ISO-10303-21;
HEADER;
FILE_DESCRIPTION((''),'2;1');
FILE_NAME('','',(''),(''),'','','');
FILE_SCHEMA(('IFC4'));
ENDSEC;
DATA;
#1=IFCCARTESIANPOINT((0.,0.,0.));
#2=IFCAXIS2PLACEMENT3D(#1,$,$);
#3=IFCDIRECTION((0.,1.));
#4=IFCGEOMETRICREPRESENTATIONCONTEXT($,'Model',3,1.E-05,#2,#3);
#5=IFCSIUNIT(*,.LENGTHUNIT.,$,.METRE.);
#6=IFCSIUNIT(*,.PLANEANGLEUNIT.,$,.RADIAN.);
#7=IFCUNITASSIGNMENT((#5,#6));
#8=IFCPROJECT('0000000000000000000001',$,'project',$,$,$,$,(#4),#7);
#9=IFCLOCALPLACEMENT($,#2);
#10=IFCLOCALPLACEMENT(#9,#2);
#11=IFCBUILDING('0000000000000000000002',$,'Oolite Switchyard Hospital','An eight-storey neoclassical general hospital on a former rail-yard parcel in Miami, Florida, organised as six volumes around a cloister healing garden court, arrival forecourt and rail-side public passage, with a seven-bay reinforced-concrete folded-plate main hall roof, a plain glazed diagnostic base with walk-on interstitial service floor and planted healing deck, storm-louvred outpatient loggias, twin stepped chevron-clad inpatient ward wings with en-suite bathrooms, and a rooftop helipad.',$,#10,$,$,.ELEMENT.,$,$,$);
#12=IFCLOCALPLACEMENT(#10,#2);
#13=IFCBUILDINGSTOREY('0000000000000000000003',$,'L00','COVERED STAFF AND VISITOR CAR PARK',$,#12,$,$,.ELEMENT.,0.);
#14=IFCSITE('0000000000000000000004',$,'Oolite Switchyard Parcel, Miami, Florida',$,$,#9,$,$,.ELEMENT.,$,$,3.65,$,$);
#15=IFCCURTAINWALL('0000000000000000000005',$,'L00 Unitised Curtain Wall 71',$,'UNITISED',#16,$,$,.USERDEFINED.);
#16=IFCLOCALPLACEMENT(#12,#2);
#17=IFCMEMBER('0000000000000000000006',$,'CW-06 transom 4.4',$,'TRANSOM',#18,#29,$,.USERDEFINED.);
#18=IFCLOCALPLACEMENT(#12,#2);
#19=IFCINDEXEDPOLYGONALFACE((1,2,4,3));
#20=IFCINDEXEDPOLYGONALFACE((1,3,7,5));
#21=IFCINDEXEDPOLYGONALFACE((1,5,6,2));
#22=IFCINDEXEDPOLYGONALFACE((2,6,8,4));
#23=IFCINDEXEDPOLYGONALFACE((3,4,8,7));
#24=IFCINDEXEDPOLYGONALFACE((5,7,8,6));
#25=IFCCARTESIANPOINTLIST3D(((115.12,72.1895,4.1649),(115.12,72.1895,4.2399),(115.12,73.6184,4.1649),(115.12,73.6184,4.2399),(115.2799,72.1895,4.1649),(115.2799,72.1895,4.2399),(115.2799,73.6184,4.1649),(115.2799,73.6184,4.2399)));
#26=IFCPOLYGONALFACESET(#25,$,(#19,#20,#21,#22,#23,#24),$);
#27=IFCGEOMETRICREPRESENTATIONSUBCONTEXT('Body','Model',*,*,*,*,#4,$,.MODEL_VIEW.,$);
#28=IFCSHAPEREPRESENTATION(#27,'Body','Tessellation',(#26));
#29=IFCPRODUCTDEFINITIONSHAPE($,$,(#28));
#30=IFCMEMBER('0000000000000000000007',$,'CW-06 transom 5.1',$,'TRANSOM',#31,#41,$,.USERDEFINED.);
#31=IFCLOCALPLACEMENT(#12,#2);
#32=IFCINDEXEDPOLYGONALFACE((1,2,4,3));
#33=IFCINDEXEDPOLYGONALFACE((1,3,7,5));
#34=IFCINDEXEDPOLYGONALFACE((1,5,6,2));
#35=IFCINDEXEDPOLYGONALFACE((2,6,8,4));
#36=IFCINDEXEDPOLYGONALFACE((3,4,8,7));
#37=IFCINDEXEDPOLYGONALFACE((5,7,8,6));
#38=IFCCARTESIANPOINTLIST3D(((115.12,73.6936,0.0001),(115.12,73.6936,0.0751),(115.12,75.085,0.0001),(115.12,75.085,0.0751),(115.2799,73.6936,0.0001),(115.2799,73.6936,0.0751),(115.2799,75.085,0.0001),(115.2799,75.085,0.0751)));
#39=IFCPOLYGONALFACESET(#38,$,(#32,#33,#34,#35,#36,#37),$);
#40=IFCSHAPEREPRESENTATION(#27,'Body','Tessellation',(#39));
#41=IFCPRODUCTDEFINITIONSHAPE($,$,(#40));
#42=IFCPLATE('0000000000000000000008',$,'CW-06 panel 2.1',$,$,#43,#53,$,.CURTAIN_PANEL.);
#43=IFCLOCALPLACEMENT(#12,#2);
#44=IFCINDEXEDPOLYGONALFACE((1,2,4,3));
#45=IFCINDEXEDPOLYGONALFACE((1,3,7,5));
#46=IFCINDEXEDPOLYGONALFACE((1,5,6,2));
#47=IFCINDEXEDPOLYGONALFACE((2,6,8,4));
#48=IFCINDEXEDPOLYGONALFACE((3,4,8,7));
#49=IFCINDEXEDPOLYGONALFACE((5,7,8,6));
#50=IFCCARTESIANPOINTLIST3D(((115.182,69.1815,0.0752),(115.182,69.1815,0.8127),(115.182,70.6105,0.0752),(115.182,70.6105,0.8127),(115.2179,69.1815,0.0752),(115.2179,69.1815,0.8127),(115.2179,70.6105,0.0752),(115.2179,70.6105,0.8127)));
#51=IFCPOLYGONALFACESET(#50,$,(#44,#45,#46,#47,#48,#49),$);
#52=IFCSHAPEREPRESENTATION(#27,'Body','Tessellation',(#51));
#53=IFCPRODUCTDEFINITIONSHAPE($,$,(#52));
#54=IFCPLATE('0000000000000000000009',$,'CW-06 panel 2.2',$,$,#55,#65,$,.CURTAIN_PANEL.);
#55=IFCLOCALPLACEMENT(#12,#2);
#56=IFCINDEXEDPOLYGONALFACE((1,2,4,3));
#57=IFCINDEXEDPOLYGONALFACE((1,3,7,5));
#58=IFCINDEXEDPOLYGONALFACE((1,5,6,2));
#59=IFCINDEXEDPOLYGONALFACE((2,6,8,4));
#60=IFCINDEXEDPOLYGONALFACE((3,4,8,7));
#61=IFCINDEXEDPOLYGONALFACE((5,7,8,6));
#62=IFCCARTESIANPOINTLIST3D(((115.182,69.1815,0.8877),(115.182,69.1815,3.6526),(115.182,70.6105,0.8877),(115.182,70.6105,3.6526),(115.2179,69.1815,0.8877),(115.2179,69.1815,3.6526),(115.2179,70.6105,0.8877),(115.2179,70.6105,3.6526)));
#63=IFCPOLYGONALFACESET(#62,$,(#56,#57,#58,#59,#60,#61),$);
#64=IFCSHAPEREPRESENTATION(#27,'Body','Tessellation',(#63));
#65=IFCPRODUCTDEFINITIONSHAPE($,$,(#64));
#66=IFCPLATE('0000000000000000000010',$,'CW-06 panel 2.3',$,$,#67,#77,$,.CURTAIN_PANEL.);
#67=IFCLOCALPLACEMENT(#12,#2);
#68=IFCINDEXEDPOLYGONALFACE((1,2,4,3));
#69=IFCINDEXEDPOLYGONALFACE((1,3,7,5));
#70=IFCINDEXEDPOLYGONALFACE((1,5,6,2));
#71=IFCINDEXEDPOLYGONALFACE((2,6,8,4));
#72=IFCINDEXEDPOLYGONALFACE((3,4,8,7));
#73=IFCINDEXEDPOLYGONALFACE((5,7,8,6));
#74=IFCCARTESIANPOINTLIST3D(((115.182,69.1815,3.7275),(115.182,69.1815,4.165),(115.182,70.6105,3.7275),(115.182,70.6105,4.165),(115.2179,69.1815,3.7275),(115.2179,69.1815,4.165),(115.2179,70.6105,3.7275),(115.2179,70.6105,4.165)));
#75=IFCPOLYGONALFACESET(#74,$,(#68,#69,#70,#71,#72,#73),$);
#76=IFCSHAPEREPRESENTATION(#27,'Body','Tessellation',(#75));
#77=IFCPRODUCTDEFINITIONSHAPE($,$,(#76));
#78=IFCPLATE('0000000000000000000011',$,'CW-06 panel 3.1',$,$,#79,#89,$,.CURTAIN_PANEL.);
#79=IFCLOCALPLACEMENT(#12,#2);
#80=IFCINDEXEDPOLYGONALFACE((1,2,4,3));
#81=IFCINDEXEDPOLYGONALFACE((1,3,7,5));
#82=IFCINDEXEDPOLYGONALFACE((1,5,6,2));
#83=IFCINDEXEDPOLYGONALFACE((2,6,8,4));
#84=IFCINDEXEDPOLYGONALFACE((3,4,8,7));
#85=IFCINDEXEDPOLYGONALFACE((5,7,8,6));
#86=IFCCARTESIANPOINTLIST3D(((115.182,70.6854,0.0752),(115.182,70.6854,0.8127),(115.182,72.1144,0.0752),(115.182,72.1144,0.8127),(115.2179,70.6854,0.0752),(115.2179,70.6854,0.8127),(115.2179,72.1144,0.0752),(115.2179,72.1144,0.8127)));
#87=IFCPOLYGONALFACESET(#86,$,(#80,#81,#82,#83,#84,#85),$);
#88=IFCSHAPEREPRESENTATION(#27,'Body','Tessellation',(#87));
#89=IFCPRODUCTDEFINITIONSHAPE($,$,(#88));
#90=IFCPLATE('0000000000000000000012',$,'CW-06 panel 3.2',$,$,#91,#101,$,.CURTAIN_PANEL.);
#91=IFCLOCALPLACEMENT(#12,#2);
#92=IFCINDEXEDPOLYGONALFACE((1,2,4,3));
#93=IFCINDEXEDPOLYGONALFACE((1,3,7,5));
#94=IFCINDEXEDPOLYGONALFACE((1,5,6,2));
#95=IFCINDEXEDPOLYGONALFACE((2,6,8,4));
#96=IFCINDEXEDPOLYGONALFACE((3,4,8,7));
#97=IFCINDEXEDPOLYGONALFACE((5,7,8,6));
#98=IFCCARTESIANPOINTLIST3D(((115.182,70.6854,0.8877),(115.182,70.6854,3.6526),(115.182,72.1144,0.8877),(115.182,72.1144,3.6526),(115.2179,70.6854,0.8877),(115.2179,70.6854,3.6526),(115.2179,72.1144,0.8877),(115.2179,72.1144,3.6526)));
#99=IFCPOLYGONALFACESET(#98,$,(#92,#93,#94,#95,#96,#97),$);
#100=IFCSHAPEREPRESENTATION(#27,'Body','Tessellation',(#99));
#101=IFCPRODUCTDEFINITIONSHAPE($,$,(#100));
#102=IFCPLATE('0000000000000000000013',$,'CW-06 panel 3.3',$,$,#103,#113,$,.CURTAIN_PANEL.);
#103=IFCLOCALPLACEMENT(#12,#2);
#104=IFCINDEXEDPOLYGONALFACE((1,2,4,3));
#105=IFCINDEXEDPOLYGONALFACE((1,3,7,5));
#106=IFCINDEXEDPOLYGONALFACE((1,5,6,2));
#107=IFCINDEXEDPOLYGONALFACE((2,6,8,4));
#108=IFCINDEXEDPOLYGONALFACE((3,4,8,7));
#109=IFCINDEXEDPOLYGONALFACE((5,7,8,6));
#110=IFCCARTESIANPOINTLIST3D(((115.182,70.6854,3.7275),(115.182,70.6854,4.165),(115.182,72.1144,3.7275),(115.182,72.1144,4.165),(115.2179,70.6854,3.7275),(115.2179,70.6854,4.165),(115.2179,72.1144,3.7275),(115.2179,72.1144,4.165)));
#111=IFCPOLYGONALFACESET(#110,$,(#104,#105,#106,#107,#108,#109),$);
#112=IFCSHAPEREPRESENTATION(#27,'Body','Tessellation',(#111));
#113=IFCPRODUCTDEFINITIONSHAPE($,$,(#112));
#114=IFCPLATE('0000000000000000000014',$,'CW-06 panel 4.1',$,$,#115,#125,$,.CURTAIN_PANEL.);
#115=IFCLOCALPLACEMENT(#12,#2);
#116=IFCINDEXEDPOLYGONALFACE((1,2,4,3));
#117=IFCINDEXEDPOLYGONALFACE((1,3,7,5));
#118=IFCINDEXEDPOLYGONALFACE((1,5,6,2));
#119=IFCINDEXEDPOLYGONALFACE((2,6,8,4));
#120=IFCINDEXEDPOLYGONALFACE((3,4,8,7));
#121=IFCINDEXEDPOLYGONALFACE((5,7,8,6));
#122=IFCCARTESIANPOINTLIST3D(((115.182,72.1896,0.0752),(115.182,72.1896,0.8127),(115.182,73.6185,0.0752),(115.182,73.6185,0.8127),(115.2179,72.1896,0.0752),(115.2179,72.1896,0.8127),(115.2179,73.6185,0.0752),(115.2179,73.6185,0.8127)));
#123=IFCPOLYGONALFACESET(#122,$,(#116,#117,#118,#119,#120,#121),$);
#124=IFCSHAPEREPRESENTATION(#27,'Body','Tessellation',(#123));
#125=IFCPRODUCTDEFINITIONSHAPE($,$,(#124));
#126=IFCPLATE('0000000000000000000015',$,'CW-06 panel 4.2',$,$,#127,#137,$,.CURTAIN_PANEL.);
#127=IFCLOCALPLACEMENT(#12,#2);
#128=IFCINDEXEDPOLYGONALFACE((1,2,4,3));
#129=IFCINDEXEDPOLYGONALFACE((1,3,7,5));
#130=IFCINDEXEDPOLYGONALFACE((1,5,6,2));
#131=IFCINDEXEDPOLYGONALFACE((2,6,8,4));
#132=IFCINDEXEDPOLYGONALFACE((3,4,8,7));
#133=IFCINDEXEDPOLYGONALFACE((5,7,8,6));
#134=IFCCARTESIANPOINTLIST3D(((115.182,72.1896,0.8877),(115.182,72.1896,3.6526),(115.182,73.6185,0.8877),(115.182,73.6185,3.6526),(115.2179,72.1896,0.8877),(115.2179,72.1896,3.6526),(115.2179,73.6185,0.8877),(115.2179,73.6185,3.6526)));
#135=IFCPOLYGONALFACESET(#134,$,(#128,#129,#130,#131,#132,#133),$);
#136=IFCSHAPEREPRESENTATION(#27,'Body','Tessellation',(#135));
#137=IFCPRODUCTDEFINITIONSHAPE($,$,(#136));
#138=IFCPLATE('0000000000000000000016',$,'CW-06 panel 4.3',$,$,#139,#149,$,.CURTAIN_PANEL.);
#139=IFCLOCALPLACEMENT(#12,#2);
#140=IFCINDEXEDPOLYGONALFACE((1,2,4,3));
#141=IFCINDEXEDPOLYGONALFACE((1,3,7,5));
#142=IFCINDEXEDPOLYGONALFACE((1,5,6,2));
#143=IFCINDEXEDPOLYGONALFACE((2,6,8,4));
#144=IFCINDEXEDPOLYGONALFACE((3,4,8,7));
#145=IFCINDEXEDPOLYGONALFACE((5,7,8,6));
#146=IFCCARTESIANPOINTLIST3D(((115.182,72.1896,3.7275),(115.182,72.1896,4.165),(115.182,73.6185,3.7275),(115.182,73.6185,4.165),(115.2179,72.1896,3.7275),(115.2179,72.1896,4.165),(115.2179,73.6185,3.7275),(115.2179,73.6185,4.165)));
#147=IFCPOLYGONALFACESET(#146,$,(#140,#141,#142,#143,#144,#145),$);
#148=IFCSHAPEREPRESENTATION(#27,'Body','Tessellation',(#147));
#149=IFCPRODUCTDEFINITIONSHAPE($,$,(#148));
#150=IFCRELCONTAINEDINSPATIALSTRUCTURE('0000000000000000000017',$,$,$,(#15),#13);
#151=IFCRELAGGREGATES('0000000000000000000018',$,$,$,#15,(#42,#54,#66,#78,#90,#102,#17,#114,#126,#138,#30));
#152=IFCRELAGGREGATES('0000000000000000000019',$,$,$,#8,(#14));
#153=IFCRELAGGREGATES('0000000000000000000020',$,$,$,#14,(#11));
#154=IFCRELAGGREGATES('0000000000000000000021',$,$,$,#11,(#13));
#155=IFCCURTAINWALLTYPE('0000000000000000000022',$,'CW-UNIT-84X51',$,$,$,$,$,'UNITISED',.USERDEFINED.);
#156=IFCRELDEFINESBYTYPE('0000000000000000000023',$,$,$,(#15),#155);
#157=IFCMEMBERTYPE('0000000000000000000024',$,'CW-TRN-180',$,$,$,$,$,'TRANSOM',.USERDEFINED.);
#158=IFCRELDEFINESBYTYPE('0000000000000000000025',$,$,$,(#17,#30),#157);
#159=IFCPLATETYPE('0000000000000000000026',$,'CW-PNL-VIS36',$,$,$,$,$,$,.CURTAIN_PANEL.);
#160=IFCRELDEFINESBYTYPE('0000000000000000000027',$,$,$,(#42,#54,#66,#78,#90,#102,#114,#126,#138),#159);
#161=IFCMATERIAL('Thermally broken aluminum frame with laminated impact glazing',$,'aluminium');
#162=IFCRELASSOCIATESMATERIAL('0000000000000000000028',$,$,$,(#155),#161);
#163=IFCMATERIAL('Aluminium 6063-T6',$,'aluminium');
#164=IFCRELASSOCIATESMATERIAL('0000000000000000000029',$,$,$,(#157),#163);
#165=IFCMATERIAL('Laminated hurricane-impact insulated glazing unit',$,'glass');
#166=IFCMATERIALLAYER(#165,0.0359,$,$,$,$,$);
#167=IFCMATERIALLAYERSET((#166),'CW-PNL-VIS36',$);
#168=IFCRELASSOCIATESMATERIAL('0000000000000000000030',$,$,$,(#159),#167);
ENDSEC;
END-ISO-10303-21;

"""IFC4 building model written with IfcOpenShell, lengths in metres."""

from ifc_helpers import new_model, si_unit, direction, frame, origin, origin_2d, place, context, subcontext, project, spatial, rectangle, extrude, material, layer, layer_set, material_profile, profile_set, type_object, element, aggregate, save


model = new_model("IFC4")

# Units and contexts
model_context = context("Model", 3, precision=1e-05, world=origin(), true_north=direction((0.0, 1.0)))
body_context = subcontext(model_context, "Body", "Model", "MODEL_VIEW")
ifc_project = project(units=[si_unit("LENGTHUNIT", "METRE"), si_unit("PLANEANGLEUNIT", "RADIAN")], contexts=[model_context])

# Site, building, storey
site_placement = place(None, origin())
site = spatial("IfcSite", under=ifc_project, at=site_placement, Name="Oolite Switchyard Parcel, Miami, Florida", CompositionType="ELEMENT", RefElevation=3.65)
building_placement = place(site_placement, origin())
building = spatial("IfcBuilding", under=site, at=building_placement, Name="Oolite Switchyard Hospital", Description="An eight-storey neoclassical general hospital on a former rail-yard parcel in Miami, Florida, organised as six volumes around a cloister healing garden court, arrival forecourt and rail-side public passage, with a seven-bay reinforced-concrete folded-plate main hall roof, a plain glazed diagnostic base with walk-on interstitial service floor and planted healing deck, storm-louvred outpatient loggias, twin stepped chevron-clad inpatient ward wings with en-suite bathrooms, and a rooftop helipad.", CompositionType="ELEMENT")
storey_placement = place(building_placement, origin())
storey = spatial("IfcBuildingStorey", under=building, at=storey_placement, Name="L00", Description="COVERED STAFF AND VISITOR CAR PARK", CompositionType="ELEMENT", Elevation=0.0)

# Curtain wall, members, plates
ifc_material_1 = material(Name="Thermally broken aluminum frame with laminated impact glazing", Category="aluminium")
curtain_wall_type = type_object("IfcCurtainWallType", Name="CW-UNIT-84X51", ElementType="UNITISED", PredefinedType="USERDEFINED", material=ifc_material_1)
curtain_wall_placement = place(storey_placement, origin())
curtain_wall = element("IfcCurtainWall", 1, at=curtain_wall_placement, inside=storey, type_object=curtain_wall_type, Name="L00 Unitised Curtain Wall 71", ObjectType="UNITISED", PredefinedType="USERDEFINED")
ifc_material_2 = material(Name="Aluminium 6063-T6", Category="aluminium")
ifc_material_profile_1 = material_profile(ifc_material_2, rectangle(XDim=0.1599, YDim=0.075, at=origin_2d()), Name="CWT75X160")
ifc_profile_set_1 = profile_set([ifc_material_profile_1], Name="Aluminium 6063-T6")
member_type_1 = type_object("IfcMemberType", Name="CW-TRN-180", ElementType="TRANSOM", PredefinedType="USERDEFINED", material=ifc_profile_set_1)
member_1_placement = place(storey_placement, frame((115.2, 72.1895, 4.2024), z_axis=(0.0, 1.0, 0.0), x_axis=(-1.0, 0.0, 0.0)))
member_1 = element("IfcMember", 2, at=member_1_placement, type_object=member_type_1, Name="CW-06 transom 4.4", ObjectType="TRANSOM", PredefinedType="USERDEFINED", context=body_context, shape_type="SweptSolid", body=[
    extrude(rectangle(XDim=0.1599, YDim=0.075, at=origin_2d()), origin(), (0.0, 0.0, 1.0), 1.429),
])
member_2_placement = place(storey_placement, frame((115.2, 73.6936, 0.0376), z_axis=(0.0, 1.0, 0.0), x_axis=(-1.0, 0.0, 0.0)))
member_2 = element("IfcMember", 3, at=member_2_placement, type_object=member_type_1, Name="CW-06 transom 5.1", ObjectType="TRANSOM", PredefinedType="USERDEFINED", context=body_context, shape_type="SweptSolid", body=[
    extrude(rectangle(XDim=0.1599, YDim=0.075, at=origin_2d()), origin(), (0.0, 0.0, 1.0), 1.3914),
])
ifc_material_3 = material(Name="Laminated hurricane-impact insulated glazing unit", Category="glass")
ifc_layer = layer(ifc_material_3, 0.0359)
ifc_layer_set = layer_set([ifc_layer], Name="CW-PNL-VIS36")
plate_type = type_object("IfcPlateType", Name="CW-PNL-VIS36", PredefinedType="CURTAIN_PANEL", material=ifc_layer_set)
plate_1_placement = place(storey_placement, frame((115.2, 69.896, 0.0752), z_axis=(0.0, 0.0, 1.0), x_axis=(0.0, 1.0, 0.0)))
plate_1 = element("IfcPlate", 4, at=plate_1_placement, type_object=plate_type, Name="CW-06 panel 2.1", PredefinedType="CURTAIN_PANEL", context=body_context, shape_type="SweptSolid", body=[
    extrude(rectangle(XDim=1.429, YDim=0.0359, at=origin_2d()), origin(), (0.0, 0.0, 1.0), 0.7375),
])
plate_2_placement = place(storey_placement, frame((115.2, 69.896, 0.8877), z_axis=(0.0, 0.0, 1.0), x_axis=(0.0, 1.0, 0.0)))
plate_2 = element("IfcPlate", 5, at=plate_2_placement, type_object=plate_type, Name="CW-06 panel 2.2", PredefinedType="CURTAIN_PANEL", context=body_context, shape_type="SweptSolid", body=[
    extrude(rectangle(XDim=1.429, YDim=0.0359, at=origin_2d()), origin(), (0.0, 0.0, 1.0), 2.7649),
])
plate_3_placement = place(storey_placement, frame((115.2, 69.896, 3.7275), z_axis=(0.0, 0.0, 1.0), x_axis=(0.0, 1.0, 0.0)))
plate_3 = element("IfcPlate", 6, at=plate_3_placement, type_object=plate_type, Name="CW-06 panel 2.3", PredefinedType="CURTAIN_PANEL", context=body_context, shape_type="SweptSolid", body=[
    extrude(rectangle(XDim=1.429, YDim=0.0359, at=origin_2d()), origin(), (0.0, 0.0, 1.0), 0.4375),
])
plate_4_placement = place(storey_placement, frame((115.2, 71.3999, 0.0752), z_axis=(0.0, 0.0, 1.0), x_axis=(0.0, 1.0, 0.0)))
plate_4 = element("IfcPlate", 7, at=plate_4_placement, type_object=plate_type, Name="CW-06 panel 3.1", PredefinedType="CURTAIN_PANEL", context=body_context, shape_type="SweptSolid", body=[
    extrude(rectangle(XDim=1.429, YDim=0.0359, at=origin_2d()), origin(), (0.0, 0.0, 1.0), 0.7375),
])
plate_5_placement = place(storey_placement, frame((115.2, 71.3999, 0.8877), z_axis=(0.0, 0.0, 1.0), x_axis=(0.0, 1.0, 0.0)))
plate_5 = element("IfcPlate", 8, at=plate_5_placement, type_object=plate_type, Name="CW-06 panel 3.2", PredefinedType="CURTAIN_PANEL", context=body_context, shape_type="SweptSolid", body=[
    extrude(rectangle(XDim=1.429, YDim=0.0359, at=origin_2d()), origin(), (0.0, 0.0, 1.0), 2.7649),
])
plate_6_placement = place(storey_placement, frame((115.2, 71.3999, 3.7275), z_axis=(0.0, 0.0, 1.0), x_axis=(0.0, 1.0, 0.0)))
plate_6 = element("IfcPlate", 9, at=plate_6_placement, type_object=plate_type, Name="CW-06 panel 3.3", PredefinedType="CURTAIN_PANEL", context=body_context, shape_type="SweptSolid", body=[
    extrude(rectangle(XDim=1.429, YDim=0.0359, at=origin_2d()), origin(), (0.0, 0.0, 1.0), 0.4375),
])
plate_7_placement = place(storey_placement, frame((115.2, 72.9041, 0.0752), z_axis=(0.0, 0.0, 1.0), x_axis=(0.0, 1.0, 0.0)))
plate_7 = element("IfcPlate", 10, at=plate_7_placement, type_object=plate_type, Name="CW-06 panel 4.1", PredefinedType="CURTAIN_PANEL", context=body_context, shape_type="SweptSolid", body=[
    extrude(rectangle(XDim=1.429, YDim=0.0359, at=origin_2d()), origin(), (0.0, 0.0, 1.0), 0.7375),
])
plate_8_placement = place(storey_placement, frame((115.2, 72.9041, 0.8877), z_axis=(0.0, 0.0, 1.0), x_axis=(0.0, 1.0, 0.0)))
plate_8 = element("IfcPlate", 11, at=plate_8_placement, type_object=plate_type, Name="CW-06 panel 4.2", PredefinedType="CURTAIN_PANEL", context=body_context, shape_type="SweptSolid", body=[
    extrude(rectangle(XDim=1.429, YDim=0.0359, at=origin_2d()), origin(), (0.0, 0.0, 1.0), 2.7649),
])
plate_9_placement = place(storey_placement, frame((115.2, 72.9041, 3.7275), z_axis=(0.0, 0.0, 1.0), x_axis=(0.0, 1.0, 0.0)))
plate_9 = element("IfcPlate", 12, at=plate_9_placement, type_object=plate_type, Name="CW-06 panel 4.3", PredefinedType="CURTAIN_PANEL", context=body_context, shape_type="SweptSolid", body=[
    extrude(rectangle(XDim=1.429, YDim=0.0359, at=origin_2d()), origin(), (0.0, 0.0, 1.0), 0.4375),
])
aggregate(curtain_wall, [plate_1, plate_2, plate_3, plate_4, plate_5, plate_6, member_1, plate_7, plate_8, plate_9, member_2])

save(model, "model.ifc")
